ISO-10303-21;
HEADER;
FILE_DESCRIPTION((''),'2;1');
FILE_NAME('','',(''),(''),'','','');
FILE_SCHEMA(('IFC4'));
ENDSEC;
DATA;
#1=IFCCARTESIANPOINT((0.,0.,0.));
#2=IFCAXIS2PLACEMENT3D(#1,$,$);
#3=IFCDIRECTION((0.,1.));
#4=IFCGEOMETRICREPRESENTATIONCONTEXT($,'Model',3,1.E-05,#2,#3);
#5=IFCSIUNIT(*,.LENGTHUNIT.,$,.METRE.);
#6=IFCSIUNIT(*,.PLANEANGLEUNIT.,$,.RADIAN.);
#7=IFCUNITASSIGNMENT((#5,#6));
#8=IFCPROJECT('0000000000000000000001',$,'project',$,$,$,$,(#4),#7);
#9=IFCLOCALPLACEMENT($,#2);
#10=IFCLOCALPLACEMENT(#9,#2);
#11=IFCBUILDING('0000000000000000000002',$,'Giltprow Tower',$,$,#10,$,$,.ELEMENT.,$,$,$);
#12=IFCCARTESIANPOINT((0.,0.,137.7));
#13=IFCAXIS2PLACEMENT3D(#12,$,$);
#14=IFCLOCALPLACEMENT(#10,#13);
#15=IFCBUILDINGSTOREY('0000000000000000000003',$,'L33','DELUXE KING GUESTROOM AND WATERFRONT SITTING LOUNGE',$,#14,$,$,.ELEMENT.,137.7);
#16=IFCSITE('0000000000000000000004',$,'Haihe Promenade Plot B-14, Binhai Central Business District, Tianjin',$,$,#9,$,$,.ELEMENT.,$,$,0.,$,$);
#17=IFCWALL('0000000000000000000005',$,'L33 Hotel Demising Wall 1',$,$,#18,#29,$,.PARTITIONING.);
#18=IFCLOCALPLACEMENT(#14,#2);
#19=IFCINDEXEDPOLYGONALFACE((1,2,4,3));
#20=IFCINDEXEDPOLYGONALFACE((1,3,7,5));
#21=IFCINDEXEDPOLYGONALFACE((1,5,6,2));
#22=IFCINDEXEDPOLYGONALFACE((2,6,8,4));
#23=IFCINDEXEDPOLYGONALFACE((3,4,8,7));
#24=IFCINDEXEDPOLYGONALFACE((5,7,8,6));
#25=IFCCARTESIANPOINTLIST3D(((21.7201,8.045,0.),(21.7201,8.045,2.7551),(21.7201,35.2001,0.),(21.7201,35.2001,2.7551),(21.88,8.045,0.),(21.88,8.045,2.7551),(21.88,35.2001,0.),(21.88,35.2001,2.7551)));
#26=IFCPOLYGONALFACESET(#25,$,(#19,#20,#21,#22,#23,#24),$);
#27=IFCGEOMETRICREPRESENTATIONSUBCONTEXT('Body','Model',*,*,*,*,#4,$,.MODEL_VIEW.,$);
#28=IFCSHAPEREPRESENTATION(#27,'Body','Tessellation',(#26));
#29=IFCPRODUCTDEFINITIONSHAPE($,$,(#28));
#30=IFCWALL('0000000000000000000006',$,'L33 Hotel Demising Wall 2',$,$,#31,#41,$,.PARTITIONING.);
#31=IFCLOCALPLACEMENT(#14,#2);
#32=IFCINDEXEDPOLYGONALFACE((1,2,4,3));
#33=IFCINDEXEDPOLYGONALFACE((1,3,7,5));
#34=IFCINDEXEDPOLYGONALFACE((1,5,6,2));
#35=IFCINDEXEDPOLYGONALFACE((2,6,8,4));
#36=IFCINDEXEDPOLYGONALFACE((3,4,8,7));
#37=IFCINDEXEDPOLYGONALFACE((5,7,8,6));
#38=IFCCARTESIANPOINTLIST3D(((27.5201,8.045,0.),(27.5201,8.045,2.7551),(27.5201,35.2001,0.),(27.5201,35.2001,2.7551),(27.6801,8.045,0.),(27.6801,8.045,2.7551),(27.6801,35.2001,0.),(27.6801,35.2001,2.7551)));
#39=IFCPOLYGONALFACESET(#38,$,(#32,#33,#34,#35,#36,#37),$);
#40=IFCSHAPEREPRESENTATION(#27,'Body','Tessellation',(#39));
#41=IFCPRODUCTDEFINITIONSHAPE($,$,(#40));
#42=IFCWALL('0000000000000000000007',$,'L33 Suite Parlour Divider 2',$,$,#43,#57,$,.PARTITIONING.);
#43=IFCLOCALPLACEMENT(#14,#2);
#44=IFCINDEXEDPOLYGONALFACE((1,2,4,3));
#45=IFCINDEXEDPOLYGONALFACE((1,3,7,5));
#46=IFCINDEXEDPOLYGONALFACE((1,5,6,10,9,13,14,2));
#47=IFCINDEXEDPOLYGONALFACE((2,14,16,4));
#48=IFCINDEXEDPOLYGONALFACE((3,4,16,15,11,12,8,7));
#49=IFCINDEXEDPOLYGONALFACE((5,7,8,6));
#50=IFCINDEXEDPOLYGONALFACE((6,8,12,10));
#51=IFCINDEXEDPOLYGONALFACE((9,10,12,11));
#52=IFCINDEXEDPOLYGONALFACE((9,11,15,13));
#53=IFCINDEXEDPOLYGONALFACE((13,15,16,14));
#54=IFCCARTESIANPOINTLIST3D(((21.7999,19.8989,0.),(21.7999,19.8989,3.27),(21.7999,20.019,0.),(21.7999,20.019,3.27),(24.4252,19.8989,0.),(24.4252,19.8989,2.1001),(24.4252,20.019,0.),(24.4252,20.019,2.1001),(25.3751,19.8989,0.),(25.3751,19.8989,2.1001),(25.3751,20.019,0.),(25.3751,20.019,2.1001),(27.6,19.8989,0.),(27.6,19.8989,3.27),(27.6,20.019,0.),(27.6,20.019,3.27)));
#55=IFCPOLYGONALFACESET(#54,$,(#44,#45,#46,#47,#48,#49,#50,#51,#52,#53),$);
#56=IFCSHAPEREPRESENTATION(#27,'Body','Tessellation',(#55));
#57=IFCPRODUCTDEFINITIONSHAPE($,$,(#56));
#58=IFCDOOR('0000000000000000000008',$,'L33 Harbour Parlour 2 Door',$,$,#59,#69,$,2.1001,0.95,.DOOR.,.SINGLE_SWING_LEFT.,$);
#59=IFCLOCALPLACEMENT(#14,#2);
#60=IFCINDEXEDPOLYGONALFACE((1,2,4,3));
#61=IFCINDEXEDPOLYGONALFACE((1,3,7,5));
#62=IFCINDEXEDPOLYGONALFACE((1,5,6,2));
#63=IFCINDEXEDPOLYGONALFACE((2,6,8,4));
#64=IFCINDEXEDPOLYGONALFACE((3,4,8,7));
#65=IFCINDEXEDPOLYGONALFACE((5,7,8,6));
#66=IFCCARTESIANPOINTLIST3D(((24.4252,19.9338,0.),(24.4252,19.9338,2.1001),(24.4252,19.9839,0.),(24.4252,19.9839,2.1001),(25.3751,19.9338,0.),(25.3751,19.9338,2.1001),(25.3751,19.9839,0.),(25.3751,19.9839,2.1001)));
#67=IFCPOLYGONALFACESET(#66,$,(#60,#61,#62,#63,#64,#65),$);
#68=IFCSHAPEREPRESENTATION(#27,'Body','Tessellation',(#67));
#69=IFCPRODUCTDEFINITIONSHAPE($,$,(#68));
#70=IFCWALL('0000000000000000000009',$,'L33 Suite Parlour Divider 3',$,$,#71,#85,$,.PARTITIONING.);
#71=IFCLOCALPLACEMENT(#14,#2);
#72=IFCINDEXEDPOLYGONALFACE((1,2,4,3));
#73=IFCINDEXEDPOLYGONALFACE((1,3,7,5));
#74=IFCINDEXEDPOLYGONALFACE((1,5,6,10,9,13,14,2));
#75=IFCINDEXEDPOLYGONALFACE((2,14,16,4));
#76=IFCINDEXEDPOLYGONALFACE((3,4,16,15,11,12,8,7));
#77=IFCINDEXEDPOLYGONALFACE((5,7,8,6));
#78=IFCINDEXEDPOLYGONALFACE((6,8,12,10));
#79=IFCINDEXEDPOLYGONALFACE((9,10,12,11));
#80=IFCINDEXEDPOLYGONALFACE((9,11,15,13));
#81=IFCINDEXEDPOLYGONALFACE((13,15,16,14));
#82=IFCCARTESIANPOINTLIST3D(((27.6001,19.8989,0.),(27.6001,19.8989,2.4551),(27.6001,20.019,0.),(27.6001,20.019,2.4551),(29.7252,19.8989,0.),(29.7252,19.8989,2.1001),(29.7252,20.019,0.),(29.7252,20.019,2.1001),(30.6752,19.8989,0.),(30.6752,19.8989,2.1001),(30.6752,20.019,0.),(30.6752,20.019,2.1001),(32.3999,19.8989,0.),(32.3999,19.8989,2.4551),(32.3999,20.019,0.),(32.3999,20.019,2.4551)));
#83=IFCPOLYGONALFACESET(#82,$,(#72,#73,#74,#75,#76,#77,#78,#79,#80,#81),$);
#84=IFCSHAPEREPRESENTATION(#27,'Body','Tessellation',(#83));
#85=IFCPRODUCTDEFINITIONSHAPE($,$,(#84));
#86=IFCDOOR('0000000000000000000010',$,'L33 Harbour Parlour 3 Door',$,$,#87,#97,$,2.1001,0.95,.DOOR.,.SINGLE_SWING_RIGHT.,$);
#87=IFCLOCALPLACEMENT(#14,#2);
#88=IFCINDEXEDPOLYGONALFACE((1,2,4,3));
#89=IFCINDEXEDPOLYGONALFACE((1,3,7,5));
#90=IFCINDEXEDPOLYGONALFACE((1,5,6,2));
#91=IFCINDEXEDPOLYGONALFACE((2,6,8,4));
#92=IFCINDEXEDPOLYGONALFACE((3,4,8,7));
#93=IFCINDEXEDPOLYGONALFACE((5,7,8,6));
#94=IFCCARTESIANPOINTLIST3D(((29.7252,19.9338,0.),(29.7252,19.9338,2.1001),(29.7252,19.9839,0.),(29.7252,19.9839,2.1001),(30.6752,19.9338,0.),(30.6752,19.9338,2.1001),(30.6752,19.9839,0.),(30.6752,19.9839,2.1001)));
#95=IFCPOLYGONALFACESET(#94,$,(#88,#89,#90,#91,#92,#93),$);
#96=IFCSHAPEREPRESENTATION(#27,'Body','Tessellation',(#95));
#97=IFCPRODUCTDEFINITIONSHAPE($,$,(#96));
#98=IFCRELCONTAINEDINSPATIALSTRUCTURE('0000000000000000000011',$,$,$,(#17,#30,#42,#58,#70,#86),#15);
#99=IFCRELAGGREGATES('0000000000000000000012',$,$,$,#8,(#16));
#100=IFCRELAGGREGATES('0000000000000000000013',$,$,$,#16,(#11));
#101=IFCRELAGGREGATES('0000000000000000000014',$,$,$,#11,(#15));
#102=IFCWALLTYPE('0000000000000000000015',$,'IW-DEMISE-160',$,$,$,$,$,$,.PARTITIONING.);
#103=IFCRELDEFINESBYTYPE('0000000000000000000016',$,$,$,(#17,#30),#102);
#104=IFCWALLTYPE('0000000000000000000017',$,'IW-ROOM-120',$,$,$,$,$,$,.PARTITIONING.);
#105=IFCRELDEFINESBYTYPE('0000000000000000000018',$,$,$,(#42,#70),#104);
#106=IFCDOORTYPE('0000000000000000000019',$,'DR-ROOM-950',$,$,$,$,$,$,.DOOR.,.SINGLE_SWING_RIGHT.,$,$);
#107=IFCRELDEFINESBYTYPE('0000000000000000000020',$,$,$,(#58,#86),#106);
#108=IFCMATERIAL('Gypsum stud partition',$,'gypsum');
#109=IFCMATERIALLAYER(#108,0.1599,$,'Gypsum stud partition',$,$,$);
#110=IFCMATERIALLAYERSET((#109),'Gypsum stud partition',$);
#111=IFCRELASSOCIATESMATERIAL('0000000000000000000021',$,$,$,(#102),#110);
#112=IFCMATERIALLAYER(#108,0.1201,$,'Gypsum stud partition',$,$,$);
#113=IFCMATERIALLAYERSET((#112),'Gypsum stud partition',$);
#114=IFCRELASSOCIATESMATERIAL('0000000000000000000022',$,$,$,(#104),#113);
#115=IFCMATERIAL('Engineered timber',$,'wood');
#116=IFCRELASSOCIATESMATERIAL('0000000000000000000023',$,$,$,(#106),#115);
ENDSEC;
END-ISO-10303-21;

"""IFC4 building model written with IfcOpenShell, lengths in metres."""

from ifc_helpers import new_model, si_unit, direction, frame, frame_2d, origin, place, context, subcontext, project, spatial, rectangle, extrude, source, transform, mapped, material, layer, layer_set, type_object, element, fill, save


model = new_model("IFC4")

# Units and contexts
model_context = context("Model", 3, precision=1e-05, world=origin(), true_north=direction((0.0, 1.0)))
body_context = subcontext(model_context, "Body", "Model", "MODEL_VIEW")
ifc_project = project(units=[si_unit("LENGTHUNIT", "METRE"), si_unit("PLANEANGLEUNIT", "RADIAN")], contexts=[model_context])

# Site, building, storey
site_placement = place(None, origin())
site = spatial("IfcSite", under=ifc_project, at=site_placement, Name="Haihe Promenade Plot B-14, Binhai Central Business District, Tianjin", CompositionType="ELEMENT", RefElevation=0.0)
building_placement = place(site_placement, origin())
building = spatial("IfcBuilding", under=site, at=building_placement, Name="Giltprow Tower", CompositionType="ELEMENT")
storey_placement = place(building_placement, frame((0.0, 0.0, 137.7)))
storey = spatial("IfcBuildingStorey", under=building, at=storey_placement, Name="L33", Description="DELUXE KING GUESTROOM AND WATERFRONT SITTING LOUNGE", CompositionType="ELEMENT", Elevation=137.7)

# Walls
ifc_material_1 = material(Name="Gypsum stud partition", Category="gypsum")
ifc_layer_1 = layer(ifc_material_1, 0.1599, Name="Gypsum stud partition")
ifc_layer_set_1 = layer_set([ifc_layer_1], Name="Gypsum stud partition")
wall_type_1 = type_object("IfcWallType", Name="IW-DEMISE-160", PredefinedType="PARTITIONING", material=ifc_layer_set_1)
for number, where, z_axis, x_axis, name in (
    (1, (21.8, 8.0449, 0.0), (0.0, 0.0, 1.0), (0.0, 1.0, 0.0), "L33 Hotel Demising Wall 1"),
    (2, (27.6001, 8.0449, 0.0), (0.0, 0.0, 1.0), (0.0, 1.0, 0.0), "L33 Hotel Demising Wall 2"),
):
    element("IfcWall", number, at=place(storey_placement, frame(where, z_axis=z_axis, x_axis=x_axis)), inside=storey, type_object=wall_type_1, Name=name, PredefinedType="PARTITIONING", context=body_context, shape_type="SweptSolid", body=[
        extrude(rectangle(XDim=27.155, YDim=0.1599, at=frame_2d((13.5776, 0.0))), origin(), (0.0, 0.0, 1.0), 2.7551),
    ])

# Walls, openings, doors
ifc_layer_2 = layer(ifc_material_1, 0.1201, Name="Gypsum stud partition")
ifc_layer_set_2 = layer_set([ifc_layer_2], Name="Gypsum stud partition")
wall_type_2 = type_object("IfcWallType", Name="IW-ROOM-120", PredefinedType="PARTITIONING", material=ifc_layer_set_2)
wall_1_placement = place(storey_placement, frame((21.8, 19.959, 0.0), z_axis=(0.0, 0.0, 1.0), x_axis=(1.0, 0.0, 0.0)))
wall_1 = element("IfcWall", 3, at=wall_1_placement, inside=storey, type_object=wall_type_2, Name="L33 Suite Parlour Divider 2", PredefinedType="PARTITIONING", context=body_context, shape_type="SweptSolid", body=[
    extrude(rectangle(XDim=5.8, YDim=0.1201, at=frame_2d((2.8999, 0.0))), origin(), (0.0, 0.0, 1.0), 3.27),
])
opening_1_placement = place(wall_1_placement, frame((2.625, 0.0, 0.0)))
opening_1 = element("IfcOpeningElement", 4, at=opening_1_placement, cuts=wall_1, PredefinedType="OPENING", context=body_context, shape_type="SweptSolid", body=[
    extrude(rectangle(XDim=0.95, YDim=2.1001, at=frame_2d((0.4751, 1.05))), frame((0.0, 0.0701, 0.0), z_axis=(0.0, -1.0, 0.0), x_axis=(1.0, 0.0, 0.0)), (0.0, 0.0, 1.0), 0.1401),
])
ifc_material_2 = material(Name="Engineered timber", Category="wood")
door_type_1 = type_object("IfcDoorType", Name="DR-ROOM-950", OperationType="SINGLE_SWING_RIGHT", PredefinedType="DOOR", material=ifc_material_2)
shared_shape_1 = source(origin(), body_context, "Body", "SweptSolid", [
    extrude(rectangle(XDim=0.95, YDim=2.1001, at=frame_2d((0.4751, 1.05))), frame((0.0, 0.0249, 0.0), z_axis=(0.0, -1.0, 0.0), x_axis=(1.0, 0.0, 0.0)), (0.0, 0.0, 1.0), 0.05),
])
door_1_placement = place(opening_1_placement, origin())
door_1 = element("IfcDoor", 5, at=door_1_placement, inside=storey, type_object=door_type_1, Name="L33 Harbour Parlour 2 Door", OperationType="SINGLE_SWING_LEFT", OverallHeight=2.1001, OverallWidth=0.95, PredefinedType="DOOR", context=body_context, shape_type="MappedRepresentation", body=[
    mapped(shared_shape_1, transform((0.0, 0.0, 0.0), x_axis=(1.0, 0.0, 0.0), y_axis=(0.0, 1.0, 0.0), z_axis=(0.0, 0.0, 1.0), scale=1.0)),
])
fill(opening_1, door_1)
wall_2_placement = place(storey_placement, frame((27.6001, 19.959, 0.0), z_axis=(0.0, 0.0, 1.0), x_axis=(1.0, 0.0, 0.0)))
wall_2 = element("IfcWall", 6, at=wall_2_placement, inside=storey, type_object=wall_type_2, Name="L33 Suite Parlour Divider 3", PredefinedType="PARTITIONING", context=body_context, shape_type="SweptSolid", body=[
    extrude(rectangle(XDim=4.7998, YDim=0.1201, at=frame_2d((2.3999, 0.0))), origin(), (0.0, 0.0, 1.0), 2.4551),
])
opening_2_placement = place(wall_2_placement, frame((2.125, 0.0, 0.0)))
opening_2 = element("IfcOpeningElement", 7, at=opening_2_placement, cuts=wall_2, PredefinedType="OPENING", context=body_context, shape_type="SweptSolid", body=[
    extrude(rectangle(XDim=0.95, YDim=2.1001, at=frame_2d((0.4751, 1.05))), frame((0.0, 0.0701, 0.0), z_axis=(0.0, -1.0, 0.0), x_axis=(1.0, 0.0, 0.0)), (0.0, 0.0, 1.0), 0.1401),
])
door_2_placement = place(opening_2_placement, origin())
door_2 = element("IfcDoor", 8, at=door_2_placement, inside=storey, type_object=door_type_1, Name="L33 Harbour Parlour 3 Door", OperationType="SINGLE_SWING_RIGHT", OverallHeight=2.1001, OverallWidth=0.95, PredefinedType="DOOR", context=body_context, shape_type="MappedRepresentation", body=[
    mapped(shared_shape_1, transform((0.0, 0.0, 0.0), x_axis=(1.0, 0.0, 0.0), y_axis=(0.0, 1.0, 0.0), z_axis=(0.0, 0.0, 1.0), scale=1.0)),
])
fill(opening_2, door_2)

save(model, "model.ifc")
